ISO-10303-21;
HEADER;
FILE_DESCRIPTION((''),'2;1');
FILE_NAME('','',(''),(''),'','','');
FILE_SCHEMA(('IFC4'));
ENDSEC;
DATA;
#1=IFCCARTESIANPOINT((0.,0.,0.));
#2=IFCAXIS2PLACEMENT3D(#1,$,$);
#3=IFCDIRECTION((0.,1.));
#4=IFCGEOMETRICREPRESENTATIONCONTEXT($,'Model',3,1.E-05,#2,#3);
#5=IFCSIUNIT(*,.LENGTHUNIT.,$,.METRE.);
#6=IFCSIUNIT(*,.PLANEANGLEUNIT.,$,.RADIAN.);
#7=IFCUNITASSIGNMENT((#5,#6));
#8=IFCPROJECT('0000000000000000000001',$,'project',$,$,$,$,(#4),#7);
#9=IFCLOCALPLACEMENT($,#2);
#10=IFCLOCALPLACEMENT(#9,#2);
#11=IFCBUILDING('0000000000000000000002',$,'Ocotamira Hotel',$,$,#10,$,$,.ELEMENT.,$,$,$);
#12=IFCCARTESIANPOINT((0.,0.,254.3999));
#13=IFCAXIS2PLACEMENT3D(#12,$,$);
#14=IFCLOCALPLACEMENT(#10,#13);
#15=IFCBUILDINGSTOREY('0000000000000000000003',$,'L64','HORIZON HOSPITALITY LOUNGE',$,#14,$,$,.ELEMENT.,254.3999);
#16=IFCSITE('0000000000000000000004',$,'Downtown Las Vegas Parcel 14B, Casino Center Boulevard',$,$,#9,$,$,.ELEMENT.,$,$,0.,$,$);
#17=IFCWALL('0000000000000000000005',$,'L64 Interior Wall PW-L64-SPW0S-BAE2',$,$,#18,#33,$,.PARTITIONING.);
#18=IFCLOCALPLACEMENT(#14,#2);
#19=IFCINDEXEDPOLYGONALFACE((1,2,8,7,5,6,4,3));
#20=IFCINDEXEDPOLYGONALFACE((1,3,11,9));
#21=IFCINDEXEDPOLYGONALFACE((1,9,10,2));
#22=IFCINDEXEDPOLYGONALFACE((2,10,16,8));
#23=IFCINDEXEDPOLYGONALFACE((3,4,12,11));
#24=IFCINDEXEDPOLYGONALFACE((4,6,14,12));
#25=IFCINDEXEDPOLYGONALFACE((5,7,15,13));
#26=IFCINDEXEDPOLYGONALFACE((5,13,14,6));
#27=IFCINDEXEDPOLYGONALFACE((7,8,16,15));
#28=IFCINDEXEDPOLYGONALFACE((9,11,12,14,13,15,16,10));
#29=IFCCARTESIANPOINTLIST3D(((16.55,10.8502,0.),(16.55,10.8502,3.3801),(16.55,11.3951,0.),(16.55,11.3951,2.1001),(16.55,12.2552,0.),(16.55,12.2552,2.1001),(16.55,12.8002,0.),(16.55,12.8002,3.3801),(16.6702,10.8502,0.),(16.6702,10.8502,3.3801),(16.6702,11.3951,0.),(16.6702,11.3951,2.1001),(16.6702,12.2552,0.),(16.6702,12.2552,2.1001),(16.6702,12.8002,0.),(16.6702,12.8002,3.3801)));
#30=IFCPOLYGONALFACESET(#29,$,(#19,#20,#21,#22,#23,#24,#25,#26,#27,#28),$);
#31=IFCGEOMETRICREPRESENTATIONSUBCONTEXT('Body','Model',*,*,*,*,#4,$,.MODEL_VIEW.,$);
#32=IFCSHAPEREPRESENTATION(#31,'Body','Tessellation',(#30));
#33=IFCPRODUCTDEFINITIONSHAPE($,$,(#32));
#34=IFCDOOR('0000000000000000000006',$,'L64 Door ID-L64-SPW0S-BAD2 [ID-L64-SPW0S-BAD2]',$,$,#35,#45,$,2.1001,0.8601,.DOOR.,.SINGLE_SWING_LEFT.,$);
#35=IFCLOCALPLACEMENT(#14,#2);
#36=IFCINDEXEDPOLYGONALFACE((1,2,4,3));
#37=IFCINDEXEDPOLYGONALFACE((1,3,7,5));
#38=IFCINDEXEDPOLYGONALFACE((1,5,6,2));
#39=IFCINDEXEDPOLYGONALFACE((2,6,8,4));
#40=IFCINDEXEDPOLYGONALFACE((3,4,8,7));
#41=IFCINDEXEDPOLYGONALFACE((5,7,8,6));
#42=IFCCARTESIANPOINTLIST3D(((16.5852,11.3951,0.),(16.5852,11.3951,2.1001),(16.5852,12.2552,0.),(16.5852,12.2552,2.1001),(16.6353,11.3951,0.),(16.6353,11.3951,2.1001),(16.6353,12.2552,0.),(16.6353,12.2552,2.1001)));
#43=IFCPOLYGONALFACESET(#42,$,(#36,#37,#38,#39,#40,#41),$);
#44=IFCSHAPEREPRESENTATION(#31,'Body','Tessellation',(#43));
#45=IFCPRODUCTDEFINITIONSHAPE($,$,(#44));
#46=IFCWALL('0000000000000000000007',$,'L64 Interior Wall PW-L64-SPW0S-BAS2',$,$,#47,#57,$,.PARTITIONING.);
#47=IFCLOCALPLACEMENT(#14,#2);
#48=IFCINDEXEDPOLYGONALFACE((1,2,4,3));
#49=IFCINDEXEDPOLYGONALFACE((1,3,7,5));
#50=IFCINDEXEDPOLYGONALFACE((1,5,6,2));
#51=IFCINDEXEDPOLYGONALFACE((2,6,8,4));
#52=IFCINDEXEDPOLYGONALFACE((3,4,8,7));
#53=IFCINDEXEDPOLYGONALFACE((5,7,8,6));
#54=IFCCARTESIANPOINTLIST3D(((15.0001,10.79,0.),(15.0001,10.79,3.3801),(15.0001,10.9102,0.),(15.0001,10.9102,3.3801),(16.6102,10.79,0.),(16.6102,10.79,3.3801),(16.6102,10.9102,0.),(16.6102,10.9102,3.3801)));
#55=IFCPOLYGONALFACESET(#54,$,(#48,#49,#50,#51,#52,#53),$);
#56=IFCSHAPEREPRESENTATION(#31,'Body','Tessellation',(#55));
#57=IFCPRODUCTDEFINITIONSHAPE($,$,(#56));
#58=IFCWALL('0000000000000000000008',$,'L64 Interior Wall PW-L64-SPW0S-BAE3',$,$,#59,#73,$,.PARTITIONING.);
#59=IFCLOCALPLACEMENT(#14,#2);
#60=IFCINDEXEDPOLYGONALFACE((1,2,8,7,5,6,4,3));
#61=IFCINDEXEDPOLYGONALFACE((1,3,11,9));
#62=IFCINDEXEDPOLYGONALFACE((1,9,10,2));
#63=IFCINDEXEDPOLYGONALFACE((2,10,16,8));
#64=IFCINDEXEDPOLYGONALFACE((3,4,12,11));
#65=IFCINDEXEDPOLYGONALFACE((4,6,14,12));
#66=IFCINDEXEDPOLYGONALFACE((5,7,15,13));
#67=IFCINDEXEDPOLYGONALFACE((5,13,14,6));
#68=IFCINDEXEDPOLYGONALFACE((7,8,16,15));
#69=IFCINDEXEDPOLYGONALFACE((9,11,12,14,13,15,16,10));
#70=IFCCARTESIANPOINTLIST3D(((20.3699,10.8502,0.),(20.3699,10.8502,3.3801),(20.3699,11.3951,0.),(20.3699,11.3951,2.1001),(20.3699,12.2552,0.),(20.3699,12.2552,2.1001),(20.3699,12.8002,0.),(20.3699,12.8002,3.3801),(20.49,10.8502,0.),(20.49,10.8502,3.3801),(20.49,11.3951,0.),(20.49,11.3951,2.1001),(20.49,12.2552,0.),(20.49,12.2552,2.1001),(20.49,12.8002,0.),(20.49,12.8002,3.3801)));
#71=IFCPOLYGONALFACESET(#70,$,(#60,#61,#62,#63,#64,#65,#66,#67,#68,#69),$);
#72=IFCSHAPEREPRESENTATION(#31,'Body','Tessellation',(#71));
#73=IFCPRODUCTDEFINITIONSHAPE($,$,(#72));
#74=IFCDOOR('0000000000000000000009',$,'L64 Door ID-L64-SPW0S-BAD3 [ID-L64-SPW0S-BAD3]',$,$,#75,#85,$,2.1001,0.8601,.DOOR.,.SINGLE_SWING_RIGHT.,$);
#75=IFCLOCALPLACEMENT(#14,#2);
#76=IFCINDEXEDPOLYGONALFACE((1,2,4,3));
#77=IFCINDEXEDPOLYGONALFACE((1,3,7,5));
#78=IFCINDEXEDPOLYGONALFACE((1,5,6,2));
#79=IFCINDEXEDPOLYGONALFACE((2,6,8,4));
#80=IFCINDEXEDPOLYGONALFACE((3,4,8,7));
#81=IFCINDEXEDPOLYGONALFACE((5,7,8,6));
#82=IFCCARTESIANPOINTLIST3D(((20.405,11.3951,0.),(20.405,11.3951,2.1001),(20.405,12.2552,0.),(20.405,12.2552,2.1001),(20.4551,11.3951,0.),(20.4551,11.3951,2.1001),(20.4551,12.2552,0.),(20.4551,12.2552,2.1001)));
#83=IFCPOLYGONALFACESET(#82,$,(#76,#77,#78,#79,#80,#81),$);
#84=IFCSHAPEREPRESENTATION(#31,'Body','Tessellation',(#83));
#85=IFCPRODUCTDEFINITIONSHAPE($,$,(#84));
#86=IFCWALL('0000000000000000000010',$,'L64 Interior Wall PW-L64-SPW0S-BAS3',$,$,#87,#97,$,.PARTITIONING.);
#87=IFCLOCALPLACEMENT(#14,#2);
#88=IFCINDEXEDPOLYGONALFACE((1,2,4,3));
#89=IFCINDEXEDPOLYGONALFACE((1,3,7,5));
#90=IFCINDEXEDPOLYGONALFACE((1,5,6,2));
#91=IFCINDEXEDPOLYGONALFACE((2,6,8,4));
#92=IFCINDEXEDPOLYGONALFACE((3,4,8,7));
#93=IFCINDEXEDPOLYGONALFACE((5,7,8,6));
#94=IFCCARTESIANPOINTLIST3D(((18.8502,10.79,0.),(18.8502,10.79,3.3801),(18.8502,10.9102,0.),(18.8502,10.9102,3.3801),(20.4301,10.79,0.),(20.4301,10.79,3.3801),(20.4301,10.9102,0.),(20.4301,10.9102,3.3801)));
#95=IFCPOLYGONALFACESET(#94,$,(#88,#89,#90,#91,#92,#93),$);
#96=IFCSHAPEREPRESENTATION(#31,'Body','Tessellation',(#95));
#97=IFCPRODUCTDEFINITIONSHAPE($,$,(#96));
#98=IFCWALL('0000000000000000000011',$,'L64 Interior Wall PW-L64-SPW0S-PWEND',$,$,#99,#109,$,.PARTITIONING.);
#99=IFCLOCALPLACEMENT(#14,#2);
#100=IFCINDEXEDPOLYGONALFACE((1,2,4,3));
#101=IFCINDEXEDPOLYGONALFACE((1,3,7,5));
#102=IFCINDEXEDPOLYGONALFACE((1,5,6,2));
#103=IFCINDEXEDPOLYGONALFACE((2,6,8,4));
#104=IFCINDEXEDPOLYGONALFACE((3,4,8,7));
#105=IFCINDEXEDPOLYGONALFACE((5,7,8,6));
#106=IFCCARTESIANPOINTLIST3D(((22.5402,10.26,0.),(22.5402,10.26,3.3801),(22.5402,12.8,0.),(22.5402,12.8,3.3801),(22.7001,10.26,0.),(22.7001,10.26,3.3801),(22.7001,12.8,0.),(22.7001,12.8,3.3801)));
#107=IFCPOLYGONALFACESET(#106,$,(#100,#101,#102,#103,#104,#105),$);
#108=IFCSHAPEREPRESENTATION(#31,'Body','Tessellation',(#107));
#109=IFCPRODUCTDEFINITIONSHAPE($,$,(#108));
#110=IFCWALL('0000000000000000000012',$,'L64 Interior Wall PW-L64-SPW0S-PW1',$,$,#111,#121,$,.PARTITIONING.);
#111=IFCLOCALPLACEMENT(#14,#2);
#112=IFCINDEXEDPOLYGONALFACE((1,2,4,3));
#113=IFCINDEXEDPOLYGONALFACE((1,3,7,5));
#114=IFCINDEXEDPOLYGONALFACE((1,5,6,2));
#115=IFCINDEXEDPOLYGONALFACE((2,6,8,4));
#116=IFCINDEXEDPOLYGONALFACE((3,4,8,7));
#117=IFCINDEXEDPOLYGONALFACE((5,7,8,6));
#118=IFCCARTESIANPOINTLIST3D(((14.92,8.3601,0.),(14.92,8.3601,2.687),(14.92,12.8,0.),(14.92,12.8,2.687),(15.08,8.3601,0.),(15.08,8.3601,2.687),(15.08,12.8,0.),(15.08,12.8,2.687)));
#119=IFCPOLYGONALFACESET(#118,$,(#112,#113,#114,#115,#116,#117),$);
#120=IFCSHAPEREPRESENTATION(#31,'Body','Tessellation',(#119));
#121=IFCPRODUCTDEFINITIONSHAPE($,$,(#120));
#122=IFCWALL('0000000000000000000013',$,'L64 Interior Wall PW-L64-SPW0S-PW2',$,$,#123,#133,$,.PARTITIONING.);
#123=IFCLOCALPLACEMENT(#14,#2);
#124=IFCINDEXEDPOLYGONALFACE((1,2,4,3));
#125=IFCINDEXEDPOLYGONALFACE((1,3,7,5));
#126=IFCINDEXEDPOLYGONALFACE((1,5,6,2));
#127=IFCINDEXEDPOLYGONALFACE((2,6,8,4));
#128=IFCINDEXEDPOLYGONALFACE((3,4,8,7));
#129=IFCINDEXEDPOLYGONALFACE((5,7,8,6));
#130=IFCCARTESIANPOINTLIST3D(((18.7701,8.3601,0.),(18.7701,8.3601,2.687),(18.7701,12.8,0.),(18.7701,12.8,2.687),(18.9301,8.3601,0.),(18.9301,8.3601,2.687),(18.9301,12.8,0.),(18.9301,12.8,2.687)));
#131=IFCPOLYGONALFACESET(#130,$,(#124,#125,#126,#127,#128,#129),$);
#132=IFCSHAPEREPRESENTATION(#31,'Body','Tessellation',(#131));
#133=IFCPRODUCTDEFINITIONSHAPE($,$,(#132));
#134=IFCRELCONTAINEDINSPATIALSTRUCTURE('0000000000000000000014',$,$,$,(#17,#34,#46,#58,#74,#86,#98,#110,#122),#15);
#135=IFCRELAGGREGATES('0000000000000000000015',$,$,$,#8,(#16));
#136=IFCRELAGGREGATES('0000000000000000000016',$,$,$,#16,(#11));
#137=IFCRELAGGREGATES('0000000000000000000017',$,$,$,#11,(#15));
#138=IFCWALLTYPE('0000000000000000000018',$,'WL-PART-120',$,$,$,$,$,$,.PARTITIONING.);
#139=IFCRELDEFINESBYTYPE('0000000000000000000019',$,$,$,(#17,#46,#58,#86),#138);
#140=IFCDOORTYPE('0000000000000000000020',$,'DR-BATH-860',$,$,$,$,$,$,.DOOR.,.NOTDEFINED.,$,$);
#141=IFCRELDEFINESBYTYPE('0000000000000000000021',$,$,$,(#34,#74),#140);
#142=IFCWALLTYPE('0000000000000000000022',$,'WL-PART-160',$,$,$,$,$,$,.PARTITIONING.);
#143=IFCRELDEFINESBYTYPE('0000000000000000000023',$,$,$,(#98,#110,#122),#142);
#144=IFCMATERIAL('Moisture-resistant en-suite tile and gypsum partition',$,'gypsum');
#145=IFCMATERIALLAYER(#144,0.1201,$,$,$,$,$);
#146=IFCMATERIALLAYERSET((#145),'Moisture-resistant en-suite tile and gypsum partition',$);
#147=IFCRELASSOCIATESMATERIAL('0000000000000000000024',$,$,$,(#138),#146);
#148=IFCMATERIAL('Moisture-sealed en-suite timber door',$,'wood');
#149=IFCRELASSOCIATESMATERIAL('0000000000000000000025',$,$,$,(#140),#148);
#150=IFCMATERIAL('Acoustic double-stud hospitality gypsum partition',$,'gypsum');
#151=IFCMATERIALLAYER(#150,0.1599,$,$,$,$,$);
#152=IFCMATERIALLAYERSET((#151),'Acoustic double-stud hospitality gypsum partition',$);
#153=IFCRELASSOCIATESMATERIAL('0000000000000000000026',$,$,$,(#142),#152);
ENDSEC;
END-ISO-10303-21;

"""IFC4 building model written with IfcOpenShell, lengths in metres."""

from ifc_helpers import new_model, si_unit, direction, frame, frame_2d, origin, place, context, subcontext, project, spatial, rectangle, extrude, source, transform, mapped, material, layer, layer_set, type_object, element, fill, save


model = new_model("IFC4")

# Units and contexts
model_context = context("Model", 3, precision=1e-05, world=origin(), true_north=direction((0.0, 1.0)))
body_context = subcontext(model_context, "Body", "Model", "MODEL_VIEW")
ifc_project = project(units=[si_unit("LENGTHUNIT", "METRE"), si_unit("PLANEANGLEUNIT", "RADIAN")], contexts=[model_context])

# Site, building, storey
site_placement = place(None, origin())
site = spatial("IfcSite", under=ifc_project, at=site_placement, Name="Downtown Las Vegas Parcel 14B, Casino Center Boulevard", CompositionType="ELEMENT", RefElevation=0.0)
building_placement = place(site_placement, origin())
building = spatial("IfcBuilding", under=site, at=building_placement, Name="Ocotamira Hotel", CompositionType="ELEMENT")
storey_placement = place(building_placement, frame((0.0, 0.0, 254.3999)))
storey = spatial("IfcBuildingStorey", under=building, at=storey_placement, Name="L64", Description="HORIZON HOSPITALITY LOUNGE", CompositionType="ELEMENT", Elevation=254.3999)

# Wall, opening, door
ifc_material_1 = material(Name="Moisture-resistant en-suite tile and gypsum partition", Category="gypsum")
ifc_layer_1 = layer(ifc_material_1, 0.1201)
ifc_layer_set_1 = layer_set([ifc_layer_1], Name="Moisture-resistant en-suite tile and gypsum partition")
wall_type_1 = type_object("IfcWallType", Name="WL-PART-120", PredefinedType="PARTITIONING", material=ifc_layer_set_1)
wall_1_placement = place(storey_placement, frame((16.6101, 10.8501, 0.0), z_axis=(0.0, 0.0, 1.0), x_axis=(0.0, 1.0, 0.0)))
wall_1 = element("IfcWall", 1, at=wall_1_placement, inside=storey, type_object=wall_type_1, Name="L64 Interior Wall PW-L64-SPW0S-BAE2", PredefinedType="PARTITIONING", context=body_context, shape_type="SweptSolid", body=[
    extrude(rectangle(XDim=1.95, YDim=0.1201, at=frame_2d((0.9751, 0.0))), origin(), (0.0, 0.0, 1.0), 3.3801),
])
opening_1_placement = place(wall_1_placement, frame((0.5449, 0.0, 0.0)))
opening_1 = element("IfcOpeningElement", 2, at=opening_1_placement, cuts=wall_1, PredefinedType="OPENING", context=body_context, shape_type="SweptSolid", body=[
    extrude(rectangle(XDim=0.8601, YDim=2.1001, at=frame_2d((0.4302, 1.05))), frame((0.0, 0.0701, 0.0), z_axis=(0.0, -1.0, 0.0), x_axis=(1.0, 0.0, 0.0)), (0.0, 0.0, 1.0), 0.1401),
])
ifc_material_2 = material(Name="Moisture-sealed en-suite timber door", Category="wood")
door_type = type_object("IfcDoorType", Name="DR-BATH-860", OperationType="NOTDEFINED", PredefinedType="DOOR", material=ifc_material_2)
shared_shape_1 = source(origin(), body_context, "Body", "SweptSolid", [
    extrude(rectangle(XDim=0.8601, YDim=2.1001, at=frame_2d((0.4302, 1.05))), frame((0.0, 0.0249, 0.0), z_axis=(0.0, -1.0, 0.0), x_axis=(1.0, 0.0, 0.0)), (0.0, 0.0, 1.0), 0.05),
])
door_1_placement = place(opening_1_placement, origin())
door_1 = element("IfcDoor", 3, at=door_1_placement, inside=storey, type_object=door_type, Name="L64 Door ID-L64-SPW0S-BAD2 [ID-L64-SPW0S-BAD2]", OperationType="SINGLE_SWING_LEFT", OverallHeight=2.1001, OverallWidth=0.8601, PredefinedType="DOOR", context=body_context, shape_type="MappedRepresentation", body=[
    mapped(shared_shape_1, transform((0.0, 0.0, 0.0), scale=1.0)),
])
fill(opening_1, door_1)

# Wall
wall_2_placement = place(storey_placement, frame((15.0, 10.8501, 0.0), z_axis=(0.0, 0.0, 1.0), x_axis=(1.0, 0.0, 0.0)))
element("IfcWall", 4, at=wall_2_placement, inside=storey, type_object=wall_type_1, Name="L64 Interior Wall PW-L64-SPW0S-BAS2", PredefinedType="PARTITIONING", context=body_context, shape_type="SweptSolid", body=[
    extrude(rectangle(XDim=1.6101, YDim=0.1201, at=frame_2d((0.8052, 0.0))), origin(), (0.0, 0.0, 1.0), 3.3801),
])

# Wall, opening, door
wall_3_placement = place(storey_placement, frame((20.4299, 10.8501, 0.0), z_axis=(0.0, 0.0, 1.0), x_axis=(0.0, 1.0, 0.0)))
wall_3 = element("IfcWall", 5, at=wall_3_placement, inside=storey, type_object=wall_type_1, Name="L64 Interior Wall PW-L64-SPW0S-BAE3", PredefinedType="PARTITIONING", context=body_context, shape_type="SweptSolid", body=[
    extrude(rectangle(XDim=1.95, YDim=0.1201, at=frame_2d((0.9751, 0.0))), origin(), (0.0, 0.0, 1.0), 3.3801),
])
opening_2_placement = place(wall_3_placement, frame((0.5449, 0.0, 0.0)))
opening_2 = element("IfcOpeningElement", 6, at=opening_2_placement, cuts=wall_3, PredefinedType="OPENING", context=body_context, shape_type="SweptSolid", body=[
    extrude(rectangle(XDim=0.8601, YDim=2.1001, at=frame_2d((0.4302, 1.05))), frame((0.0, 0.0701, 0.0), z_axis=(0.0, -1.0, 0.0), x_axis=(1.0, 0.0, 0.0)), (0.0, 0.0, 1.0), 0.1401),
])
door_2_placement = place(opening_2_placement, origin())
door_2 = element("IfcDoor", 7, at=door_2_placement, inside=storey, type_object=door_type, Name="L64 Door ID-L64-SPW0S-BAD3 [ID-L64-SPW0S-BAD3]", OperationType="SINGLE_SWING_RIGHT", OverallHeight=2.1001, OverallWidth=0.8601, PredefinedType="DOOR", context=body_context, shape_type="MappedRepresentation", body=[
    mapped(shared_shape_1, transform((0.0, 0.0, 0.0), scale=1.0)),
])
fill(opening_2, door_2)

# Walls
wall_4_placement = place(storey_placement, frame((18.8501, 10.8501, 0.0), z_axis=(0.0, 0.0, 1.0), x_axis=(1.0, 0.0, 0.0)))
element("IfcWall", 8, at=wall_4_placement, inside=storey, type_object=wall_type_1, Name="L64 Interior Wall PW-L64-SPW0S-BAS3", PredefinedType="PARTITIONING", context=body_context, shape_type="SweptSolid", body=[
    extrude(rectangle(XDim=1.5798, YDim=0.1201, at=frame_2d((0.79, 0.0))), origin(), (0.0, 0.0, 1.0), 3.3801),
])
ifc_material_3 = material(Name="Acoustic double-stud hospitality gypsum partition", Category="gypsum")
ifc_layer_2 = layer(ifc_material_3, 0.1599)
ifc_layer_set_2 = layer_set([ifc_layer_2], Name="Acoustic double-stud hospitality gypsum partition")
wall_type_2 = type_object("IfcWallType", Name="WL-PART-160", PredefinedType="PARTITIONING", material=ifc_layer_set_2)
wall_5_placement = place(storey_placement, frame((22.6201, 10.26, 0.0), z_axis=(0.0, 0.0, 1.0), x_axis=(0.0, 1.0, 0.0)))
element("IfcWall", 9, at=wall_5_placement, inside=storey, type_object=wall_type_2, Name="L64 Interior Wall PW-L64-SPW0S-PWEND", PredefinedType="PARTITIONING", context=body_context, shape_type="SweptSolid", body=[
    extrude(rectangle(XDim=2.54, YDim=0.1599, at=frame_2d((1.27, 0.0))), origin(), (0.0, 0.0, 1.0), 3.3801),
])
for number, where, z_axis, x_axis, name in (
    (10, (15.0, 8.3601, 0.0), (0.0, 0.0, 1.0), (0.0, 1.0, 0.0), "L64 Interior Wall PW-L64-SPW0S-PW1"),
    (11, (18.8501, 8.3601, 0.0), (0.0, 0.0, 1.0), (0.0, 1.0, 0.0), "L64 Interior Wall PW-L64-SPW0S-PW2"),
):
    element("IfcWall", number, at=place(storey_placement, frame(where, z_axis=z_axis, x_axis=x_axis)), inside=storey, type_object=wall_type_2, Name=name, PredefinedType="PARTITIONING", context=body_context, shape_type="SweptSolid", body=[
        extrude(rectangle(XDim=4.4399, YDim=0.1599, at=frame_2d((2.22, 0.0))), origin(), (0.0, 0.0, 1.0), 2.687),
    ])

save(model, "model.ifc")
